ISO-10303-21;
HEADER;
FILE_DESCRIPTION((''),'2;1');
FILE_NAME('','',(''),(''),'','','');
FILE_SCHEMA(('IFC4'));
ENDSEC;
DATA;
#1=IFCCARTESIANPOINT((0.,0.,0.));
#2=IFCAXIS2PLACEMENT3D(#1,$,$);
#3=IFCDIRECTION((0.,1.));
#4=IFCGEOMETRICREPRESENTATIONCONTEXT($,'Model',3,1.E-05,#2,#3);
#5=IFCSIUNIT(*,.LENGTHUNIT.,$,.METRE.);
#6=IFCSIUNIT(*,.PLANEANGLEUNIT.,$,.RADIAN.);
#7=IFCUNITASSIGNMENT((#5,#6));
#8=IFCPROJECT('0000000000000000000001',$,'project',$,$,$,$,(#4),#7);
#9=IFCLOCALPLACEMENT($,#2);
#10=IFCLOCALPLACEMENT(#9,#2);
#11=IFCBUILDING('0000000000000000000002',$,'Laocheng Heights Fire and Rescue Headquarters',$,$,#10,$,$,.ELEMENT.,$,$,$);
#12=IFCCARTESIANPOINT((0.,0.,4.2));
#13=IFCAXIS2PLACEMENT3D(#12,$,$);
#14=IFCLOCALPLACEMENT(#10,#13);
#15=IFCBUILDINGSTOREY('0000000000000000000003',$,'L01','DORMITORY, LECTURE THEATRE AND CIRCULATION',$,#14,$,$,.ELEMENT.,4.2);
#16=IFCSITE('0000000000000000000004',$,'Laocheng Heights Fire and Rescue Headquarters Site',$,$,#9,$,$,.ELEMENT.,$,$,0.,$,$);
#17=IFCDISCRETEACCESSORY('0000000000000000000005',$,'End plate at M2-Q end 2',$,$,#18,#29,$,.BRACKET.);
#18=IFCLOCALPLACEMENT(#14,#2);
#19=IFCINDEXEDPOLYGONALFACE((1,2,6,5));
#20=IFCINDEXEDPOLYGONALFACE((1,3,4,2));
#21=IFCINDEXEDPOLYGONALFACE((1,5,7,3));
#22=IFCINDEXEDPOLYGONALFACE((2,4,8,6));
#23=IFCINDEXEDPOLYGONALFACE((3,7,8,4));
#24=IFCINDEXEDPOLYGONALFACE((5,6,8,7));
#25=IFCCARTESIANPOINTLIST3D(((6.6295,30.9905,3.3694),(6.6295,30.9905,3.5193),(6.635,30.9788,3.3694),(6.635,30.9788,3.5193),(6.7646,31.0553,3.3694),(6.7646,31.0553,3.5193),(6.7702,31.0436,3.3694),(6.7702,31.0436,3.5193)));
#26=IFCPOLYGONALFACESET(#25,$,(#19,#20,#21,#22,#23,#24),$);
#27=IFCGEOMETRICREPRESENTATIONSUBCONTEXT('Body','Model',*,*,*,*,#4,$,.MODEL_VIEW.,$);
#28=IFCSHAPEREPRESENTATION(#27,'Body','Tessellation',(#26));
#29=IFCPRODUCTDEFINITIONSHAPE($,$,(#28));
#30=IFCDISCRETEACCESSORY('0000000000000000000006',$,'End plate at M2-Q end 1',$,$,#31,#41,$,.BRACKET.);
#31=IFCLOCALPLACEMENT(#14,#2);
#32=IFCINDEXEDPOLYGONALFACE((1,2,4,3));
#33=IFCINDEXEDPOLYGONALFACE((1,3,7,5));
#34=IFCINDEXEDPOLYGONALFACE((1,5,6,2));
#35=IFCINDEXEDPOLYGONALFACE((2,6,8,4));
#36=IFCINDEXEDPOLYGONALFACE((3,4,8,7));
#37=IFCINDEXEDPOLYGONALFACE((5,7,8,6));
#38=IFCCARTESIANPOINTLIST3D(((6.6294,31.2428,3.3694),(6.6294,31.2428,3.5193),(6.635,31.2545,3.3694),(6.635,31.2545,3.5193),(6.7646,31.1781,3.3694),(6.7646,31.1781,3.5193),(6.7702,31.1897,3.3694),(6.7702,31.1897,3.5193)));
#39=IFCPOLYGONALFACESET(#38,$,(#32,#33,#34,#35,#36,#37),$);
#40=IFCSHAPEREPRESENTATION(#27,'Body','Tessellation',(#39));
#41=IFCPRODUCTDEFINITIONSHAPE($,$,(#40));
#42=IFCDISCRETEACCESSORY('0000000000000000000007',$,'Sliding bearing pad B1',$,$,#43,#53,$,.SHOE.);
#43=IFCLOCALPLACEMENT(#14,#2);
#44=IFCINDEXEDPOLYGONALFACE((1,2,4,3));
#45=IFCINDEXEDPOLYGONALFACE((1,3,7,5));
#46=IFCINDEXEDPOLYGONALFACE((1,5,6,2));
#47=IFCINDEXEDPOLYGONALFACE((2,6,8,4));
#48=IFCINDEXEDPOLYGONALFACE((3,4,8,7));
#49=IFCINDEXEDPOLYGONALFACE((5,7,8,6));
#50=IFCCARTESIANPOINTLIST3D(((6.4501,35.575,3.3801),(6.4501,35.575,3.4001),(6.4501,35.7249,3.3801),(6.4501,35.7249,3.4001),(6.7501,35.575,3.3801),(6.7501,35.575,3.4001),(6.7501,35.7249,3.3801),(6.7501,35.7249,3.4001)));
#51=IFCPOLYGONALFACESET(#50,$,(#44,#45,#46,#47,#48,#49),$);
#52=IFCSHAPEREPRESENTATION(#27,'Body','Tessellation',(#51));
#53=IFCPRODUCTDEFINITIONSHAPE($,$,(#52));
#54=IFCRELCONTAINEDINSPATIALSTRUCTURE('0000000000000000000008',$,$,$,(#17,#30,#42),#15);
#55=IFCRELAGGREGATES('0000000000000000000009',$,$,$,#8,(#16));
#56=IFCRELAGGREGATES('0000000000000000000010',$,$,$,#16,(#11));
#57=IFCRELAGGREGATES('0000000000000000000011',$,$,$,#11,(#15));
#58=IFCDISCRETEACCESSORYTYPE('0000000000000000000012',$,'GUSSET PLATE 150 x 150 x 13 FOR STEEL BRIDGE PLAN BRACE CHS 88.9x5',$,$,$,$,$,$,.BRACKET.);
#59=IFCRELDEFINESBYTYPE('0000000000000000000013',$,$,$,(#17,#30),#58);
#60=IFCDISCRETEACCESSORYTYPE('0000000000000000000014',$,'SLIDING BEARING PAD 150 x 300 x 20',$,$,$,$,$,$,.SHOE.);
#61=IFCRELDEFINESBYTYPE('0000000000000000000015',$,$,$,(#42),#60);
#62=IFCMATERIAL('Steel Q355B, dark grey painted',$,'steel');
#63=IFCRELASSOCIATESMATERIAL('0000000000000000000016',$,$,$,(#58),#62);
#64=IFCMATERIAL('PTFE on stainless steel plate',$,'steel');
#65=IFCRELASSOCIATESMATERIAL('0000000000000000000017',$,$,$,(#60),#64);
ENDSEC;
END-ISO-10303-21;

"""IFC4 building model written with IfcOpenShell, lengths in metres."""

from ifc_helpers import new_model, si_unit, direction, frame, origin, origin_2d, place, context, subcontext, project, spatial, rectangle, extrude, material, material_profile, profile_set, type_object, element, save


model = new_model("IFC4")

# Units and contexts
model_context = context("Model", 3, precision=1e-05, world=origin(), true_north=direction((0.0, 1.0)))
body_context = subcontext(model_context, "Body", "Model", "MODEL_VIEW")
ifc_project = project(units=[si_unit("LENGTHUNIT", "METRE"), si_unit("PLANEANGLEUNIT", "RADIAN")], contexts=[model_context])

# Site, building, storey
site_placement = place(None, origin())
site = spatial("IfcSite", under=ifc_project, at=site_placement, Name="Laocheng Heights Fire and Rescue Headquarters Site", CompositionType="ELEMENT", RefElevation=0.0)
building_placement = place(site_placement, origin())
building = spatial("IfcBuilding", under=site, at=building_placement, Name="Laocheng Heights Fire and Rescue Headquarters", CompositionType="ELEMENT")
storey_placement = place(building_placement, frame((0.0, 0.0, 4.2)))
storey = spatial("IfcBuildingStorey", under=building, at=storey_placement, Name="L01", Description="DORMITORY, LECTURE THEATRE AND CIRCULATION", CompositionType="ELEMENT", Elevation=4.2)

# Discrete accessories
ifc_material_1 = material(Name="Steel Q355B, dark grey painted", Category="steel")
ifc_material_profile_1 = material_profile(ifc_material_1, rectangle(XDim=0.1499, YDim=0.1499, at=origin_2d()), Name="GUSSET PLATE 150 x 150 x 13 FOR STEEL BRIDGE PLAN BRACE CHS 88.9x5")
ifc_profile_set_1 = profile_set([ifc_material_profile_1], Name="Steel Q355B, dark grey painted")
discrete_accessory_type_1 = type_object("IfcDiscreteAccessoryType", Name="GUSSET PLATE 150 x 150 x 13 FOR STEEL BRIDGE PLAN BRACE CHS 88.9x5", PredefinedType="BRACKET", material=ifc_profile_set_1)
for number, where, z_axis, x_axis, name in (
    (1, (6.7026, 31.0112, 3.4443), (-0.43212, 0.901816, 0.0), (-0.901816, -0.43212, 0.0), "End plate at M2-Q end 2"),
    (2, (6.697, 31.2104, 3.4443), (0.43212, 0.901816, 0.0), (-0.901816, 0.43212, 0.0), "End plate at M2-Q end 1"),
):
    element("IfcDiscreteAccessory", number, at=place(storey_placement, frame(where, z_axis=z_axis, x_axis=x_axis)), inside=storey, type_object=discrete_accessory_type_1, Name=name, PredefinedType="BRACKET", context=body_context, shape_type="SweptSolid", body=[
        extrude(rectangle(XDim=0.1499, YDim=0.1499, at=origin_2d()), origin(), (0.0, 0.0, 1.0), 0.0129),
    ])
ifc_material_2 = material(Name="PTFE on stainless steel plate", Category="steel")
discrete_accessory_type_2 = type_object("IfcDiscreteAccessoryType", Name="SLIDING BEARING PAD 150 x 300 x 20", PredefinedType="SHOE", material=ifc_material_2)
discrete_accessory_1_placement = place(storey_placement, frame((6.6001, 35.6499, 3.3801), z_axis=(0.0, 0.0, 1.0), x_axis=(1.0, 0.0, 0.0)))
element("IfcDiscreteAccessory", 3, at=discrete_accessory_1_placement, inside=storey, type_object=discrete_accessory_type_2, Name="Sliding bearing pad B1", PredefinedType="SHOE", context=body_context, shape_type="SweptSolid", body=[
    extrude(rectangle(XDim=0.3, YDim=0.1499, at=origin_2d()), origin(), (0.0, 0.0, 1.0), 0.02),
])

save(model, "model.ifc")
